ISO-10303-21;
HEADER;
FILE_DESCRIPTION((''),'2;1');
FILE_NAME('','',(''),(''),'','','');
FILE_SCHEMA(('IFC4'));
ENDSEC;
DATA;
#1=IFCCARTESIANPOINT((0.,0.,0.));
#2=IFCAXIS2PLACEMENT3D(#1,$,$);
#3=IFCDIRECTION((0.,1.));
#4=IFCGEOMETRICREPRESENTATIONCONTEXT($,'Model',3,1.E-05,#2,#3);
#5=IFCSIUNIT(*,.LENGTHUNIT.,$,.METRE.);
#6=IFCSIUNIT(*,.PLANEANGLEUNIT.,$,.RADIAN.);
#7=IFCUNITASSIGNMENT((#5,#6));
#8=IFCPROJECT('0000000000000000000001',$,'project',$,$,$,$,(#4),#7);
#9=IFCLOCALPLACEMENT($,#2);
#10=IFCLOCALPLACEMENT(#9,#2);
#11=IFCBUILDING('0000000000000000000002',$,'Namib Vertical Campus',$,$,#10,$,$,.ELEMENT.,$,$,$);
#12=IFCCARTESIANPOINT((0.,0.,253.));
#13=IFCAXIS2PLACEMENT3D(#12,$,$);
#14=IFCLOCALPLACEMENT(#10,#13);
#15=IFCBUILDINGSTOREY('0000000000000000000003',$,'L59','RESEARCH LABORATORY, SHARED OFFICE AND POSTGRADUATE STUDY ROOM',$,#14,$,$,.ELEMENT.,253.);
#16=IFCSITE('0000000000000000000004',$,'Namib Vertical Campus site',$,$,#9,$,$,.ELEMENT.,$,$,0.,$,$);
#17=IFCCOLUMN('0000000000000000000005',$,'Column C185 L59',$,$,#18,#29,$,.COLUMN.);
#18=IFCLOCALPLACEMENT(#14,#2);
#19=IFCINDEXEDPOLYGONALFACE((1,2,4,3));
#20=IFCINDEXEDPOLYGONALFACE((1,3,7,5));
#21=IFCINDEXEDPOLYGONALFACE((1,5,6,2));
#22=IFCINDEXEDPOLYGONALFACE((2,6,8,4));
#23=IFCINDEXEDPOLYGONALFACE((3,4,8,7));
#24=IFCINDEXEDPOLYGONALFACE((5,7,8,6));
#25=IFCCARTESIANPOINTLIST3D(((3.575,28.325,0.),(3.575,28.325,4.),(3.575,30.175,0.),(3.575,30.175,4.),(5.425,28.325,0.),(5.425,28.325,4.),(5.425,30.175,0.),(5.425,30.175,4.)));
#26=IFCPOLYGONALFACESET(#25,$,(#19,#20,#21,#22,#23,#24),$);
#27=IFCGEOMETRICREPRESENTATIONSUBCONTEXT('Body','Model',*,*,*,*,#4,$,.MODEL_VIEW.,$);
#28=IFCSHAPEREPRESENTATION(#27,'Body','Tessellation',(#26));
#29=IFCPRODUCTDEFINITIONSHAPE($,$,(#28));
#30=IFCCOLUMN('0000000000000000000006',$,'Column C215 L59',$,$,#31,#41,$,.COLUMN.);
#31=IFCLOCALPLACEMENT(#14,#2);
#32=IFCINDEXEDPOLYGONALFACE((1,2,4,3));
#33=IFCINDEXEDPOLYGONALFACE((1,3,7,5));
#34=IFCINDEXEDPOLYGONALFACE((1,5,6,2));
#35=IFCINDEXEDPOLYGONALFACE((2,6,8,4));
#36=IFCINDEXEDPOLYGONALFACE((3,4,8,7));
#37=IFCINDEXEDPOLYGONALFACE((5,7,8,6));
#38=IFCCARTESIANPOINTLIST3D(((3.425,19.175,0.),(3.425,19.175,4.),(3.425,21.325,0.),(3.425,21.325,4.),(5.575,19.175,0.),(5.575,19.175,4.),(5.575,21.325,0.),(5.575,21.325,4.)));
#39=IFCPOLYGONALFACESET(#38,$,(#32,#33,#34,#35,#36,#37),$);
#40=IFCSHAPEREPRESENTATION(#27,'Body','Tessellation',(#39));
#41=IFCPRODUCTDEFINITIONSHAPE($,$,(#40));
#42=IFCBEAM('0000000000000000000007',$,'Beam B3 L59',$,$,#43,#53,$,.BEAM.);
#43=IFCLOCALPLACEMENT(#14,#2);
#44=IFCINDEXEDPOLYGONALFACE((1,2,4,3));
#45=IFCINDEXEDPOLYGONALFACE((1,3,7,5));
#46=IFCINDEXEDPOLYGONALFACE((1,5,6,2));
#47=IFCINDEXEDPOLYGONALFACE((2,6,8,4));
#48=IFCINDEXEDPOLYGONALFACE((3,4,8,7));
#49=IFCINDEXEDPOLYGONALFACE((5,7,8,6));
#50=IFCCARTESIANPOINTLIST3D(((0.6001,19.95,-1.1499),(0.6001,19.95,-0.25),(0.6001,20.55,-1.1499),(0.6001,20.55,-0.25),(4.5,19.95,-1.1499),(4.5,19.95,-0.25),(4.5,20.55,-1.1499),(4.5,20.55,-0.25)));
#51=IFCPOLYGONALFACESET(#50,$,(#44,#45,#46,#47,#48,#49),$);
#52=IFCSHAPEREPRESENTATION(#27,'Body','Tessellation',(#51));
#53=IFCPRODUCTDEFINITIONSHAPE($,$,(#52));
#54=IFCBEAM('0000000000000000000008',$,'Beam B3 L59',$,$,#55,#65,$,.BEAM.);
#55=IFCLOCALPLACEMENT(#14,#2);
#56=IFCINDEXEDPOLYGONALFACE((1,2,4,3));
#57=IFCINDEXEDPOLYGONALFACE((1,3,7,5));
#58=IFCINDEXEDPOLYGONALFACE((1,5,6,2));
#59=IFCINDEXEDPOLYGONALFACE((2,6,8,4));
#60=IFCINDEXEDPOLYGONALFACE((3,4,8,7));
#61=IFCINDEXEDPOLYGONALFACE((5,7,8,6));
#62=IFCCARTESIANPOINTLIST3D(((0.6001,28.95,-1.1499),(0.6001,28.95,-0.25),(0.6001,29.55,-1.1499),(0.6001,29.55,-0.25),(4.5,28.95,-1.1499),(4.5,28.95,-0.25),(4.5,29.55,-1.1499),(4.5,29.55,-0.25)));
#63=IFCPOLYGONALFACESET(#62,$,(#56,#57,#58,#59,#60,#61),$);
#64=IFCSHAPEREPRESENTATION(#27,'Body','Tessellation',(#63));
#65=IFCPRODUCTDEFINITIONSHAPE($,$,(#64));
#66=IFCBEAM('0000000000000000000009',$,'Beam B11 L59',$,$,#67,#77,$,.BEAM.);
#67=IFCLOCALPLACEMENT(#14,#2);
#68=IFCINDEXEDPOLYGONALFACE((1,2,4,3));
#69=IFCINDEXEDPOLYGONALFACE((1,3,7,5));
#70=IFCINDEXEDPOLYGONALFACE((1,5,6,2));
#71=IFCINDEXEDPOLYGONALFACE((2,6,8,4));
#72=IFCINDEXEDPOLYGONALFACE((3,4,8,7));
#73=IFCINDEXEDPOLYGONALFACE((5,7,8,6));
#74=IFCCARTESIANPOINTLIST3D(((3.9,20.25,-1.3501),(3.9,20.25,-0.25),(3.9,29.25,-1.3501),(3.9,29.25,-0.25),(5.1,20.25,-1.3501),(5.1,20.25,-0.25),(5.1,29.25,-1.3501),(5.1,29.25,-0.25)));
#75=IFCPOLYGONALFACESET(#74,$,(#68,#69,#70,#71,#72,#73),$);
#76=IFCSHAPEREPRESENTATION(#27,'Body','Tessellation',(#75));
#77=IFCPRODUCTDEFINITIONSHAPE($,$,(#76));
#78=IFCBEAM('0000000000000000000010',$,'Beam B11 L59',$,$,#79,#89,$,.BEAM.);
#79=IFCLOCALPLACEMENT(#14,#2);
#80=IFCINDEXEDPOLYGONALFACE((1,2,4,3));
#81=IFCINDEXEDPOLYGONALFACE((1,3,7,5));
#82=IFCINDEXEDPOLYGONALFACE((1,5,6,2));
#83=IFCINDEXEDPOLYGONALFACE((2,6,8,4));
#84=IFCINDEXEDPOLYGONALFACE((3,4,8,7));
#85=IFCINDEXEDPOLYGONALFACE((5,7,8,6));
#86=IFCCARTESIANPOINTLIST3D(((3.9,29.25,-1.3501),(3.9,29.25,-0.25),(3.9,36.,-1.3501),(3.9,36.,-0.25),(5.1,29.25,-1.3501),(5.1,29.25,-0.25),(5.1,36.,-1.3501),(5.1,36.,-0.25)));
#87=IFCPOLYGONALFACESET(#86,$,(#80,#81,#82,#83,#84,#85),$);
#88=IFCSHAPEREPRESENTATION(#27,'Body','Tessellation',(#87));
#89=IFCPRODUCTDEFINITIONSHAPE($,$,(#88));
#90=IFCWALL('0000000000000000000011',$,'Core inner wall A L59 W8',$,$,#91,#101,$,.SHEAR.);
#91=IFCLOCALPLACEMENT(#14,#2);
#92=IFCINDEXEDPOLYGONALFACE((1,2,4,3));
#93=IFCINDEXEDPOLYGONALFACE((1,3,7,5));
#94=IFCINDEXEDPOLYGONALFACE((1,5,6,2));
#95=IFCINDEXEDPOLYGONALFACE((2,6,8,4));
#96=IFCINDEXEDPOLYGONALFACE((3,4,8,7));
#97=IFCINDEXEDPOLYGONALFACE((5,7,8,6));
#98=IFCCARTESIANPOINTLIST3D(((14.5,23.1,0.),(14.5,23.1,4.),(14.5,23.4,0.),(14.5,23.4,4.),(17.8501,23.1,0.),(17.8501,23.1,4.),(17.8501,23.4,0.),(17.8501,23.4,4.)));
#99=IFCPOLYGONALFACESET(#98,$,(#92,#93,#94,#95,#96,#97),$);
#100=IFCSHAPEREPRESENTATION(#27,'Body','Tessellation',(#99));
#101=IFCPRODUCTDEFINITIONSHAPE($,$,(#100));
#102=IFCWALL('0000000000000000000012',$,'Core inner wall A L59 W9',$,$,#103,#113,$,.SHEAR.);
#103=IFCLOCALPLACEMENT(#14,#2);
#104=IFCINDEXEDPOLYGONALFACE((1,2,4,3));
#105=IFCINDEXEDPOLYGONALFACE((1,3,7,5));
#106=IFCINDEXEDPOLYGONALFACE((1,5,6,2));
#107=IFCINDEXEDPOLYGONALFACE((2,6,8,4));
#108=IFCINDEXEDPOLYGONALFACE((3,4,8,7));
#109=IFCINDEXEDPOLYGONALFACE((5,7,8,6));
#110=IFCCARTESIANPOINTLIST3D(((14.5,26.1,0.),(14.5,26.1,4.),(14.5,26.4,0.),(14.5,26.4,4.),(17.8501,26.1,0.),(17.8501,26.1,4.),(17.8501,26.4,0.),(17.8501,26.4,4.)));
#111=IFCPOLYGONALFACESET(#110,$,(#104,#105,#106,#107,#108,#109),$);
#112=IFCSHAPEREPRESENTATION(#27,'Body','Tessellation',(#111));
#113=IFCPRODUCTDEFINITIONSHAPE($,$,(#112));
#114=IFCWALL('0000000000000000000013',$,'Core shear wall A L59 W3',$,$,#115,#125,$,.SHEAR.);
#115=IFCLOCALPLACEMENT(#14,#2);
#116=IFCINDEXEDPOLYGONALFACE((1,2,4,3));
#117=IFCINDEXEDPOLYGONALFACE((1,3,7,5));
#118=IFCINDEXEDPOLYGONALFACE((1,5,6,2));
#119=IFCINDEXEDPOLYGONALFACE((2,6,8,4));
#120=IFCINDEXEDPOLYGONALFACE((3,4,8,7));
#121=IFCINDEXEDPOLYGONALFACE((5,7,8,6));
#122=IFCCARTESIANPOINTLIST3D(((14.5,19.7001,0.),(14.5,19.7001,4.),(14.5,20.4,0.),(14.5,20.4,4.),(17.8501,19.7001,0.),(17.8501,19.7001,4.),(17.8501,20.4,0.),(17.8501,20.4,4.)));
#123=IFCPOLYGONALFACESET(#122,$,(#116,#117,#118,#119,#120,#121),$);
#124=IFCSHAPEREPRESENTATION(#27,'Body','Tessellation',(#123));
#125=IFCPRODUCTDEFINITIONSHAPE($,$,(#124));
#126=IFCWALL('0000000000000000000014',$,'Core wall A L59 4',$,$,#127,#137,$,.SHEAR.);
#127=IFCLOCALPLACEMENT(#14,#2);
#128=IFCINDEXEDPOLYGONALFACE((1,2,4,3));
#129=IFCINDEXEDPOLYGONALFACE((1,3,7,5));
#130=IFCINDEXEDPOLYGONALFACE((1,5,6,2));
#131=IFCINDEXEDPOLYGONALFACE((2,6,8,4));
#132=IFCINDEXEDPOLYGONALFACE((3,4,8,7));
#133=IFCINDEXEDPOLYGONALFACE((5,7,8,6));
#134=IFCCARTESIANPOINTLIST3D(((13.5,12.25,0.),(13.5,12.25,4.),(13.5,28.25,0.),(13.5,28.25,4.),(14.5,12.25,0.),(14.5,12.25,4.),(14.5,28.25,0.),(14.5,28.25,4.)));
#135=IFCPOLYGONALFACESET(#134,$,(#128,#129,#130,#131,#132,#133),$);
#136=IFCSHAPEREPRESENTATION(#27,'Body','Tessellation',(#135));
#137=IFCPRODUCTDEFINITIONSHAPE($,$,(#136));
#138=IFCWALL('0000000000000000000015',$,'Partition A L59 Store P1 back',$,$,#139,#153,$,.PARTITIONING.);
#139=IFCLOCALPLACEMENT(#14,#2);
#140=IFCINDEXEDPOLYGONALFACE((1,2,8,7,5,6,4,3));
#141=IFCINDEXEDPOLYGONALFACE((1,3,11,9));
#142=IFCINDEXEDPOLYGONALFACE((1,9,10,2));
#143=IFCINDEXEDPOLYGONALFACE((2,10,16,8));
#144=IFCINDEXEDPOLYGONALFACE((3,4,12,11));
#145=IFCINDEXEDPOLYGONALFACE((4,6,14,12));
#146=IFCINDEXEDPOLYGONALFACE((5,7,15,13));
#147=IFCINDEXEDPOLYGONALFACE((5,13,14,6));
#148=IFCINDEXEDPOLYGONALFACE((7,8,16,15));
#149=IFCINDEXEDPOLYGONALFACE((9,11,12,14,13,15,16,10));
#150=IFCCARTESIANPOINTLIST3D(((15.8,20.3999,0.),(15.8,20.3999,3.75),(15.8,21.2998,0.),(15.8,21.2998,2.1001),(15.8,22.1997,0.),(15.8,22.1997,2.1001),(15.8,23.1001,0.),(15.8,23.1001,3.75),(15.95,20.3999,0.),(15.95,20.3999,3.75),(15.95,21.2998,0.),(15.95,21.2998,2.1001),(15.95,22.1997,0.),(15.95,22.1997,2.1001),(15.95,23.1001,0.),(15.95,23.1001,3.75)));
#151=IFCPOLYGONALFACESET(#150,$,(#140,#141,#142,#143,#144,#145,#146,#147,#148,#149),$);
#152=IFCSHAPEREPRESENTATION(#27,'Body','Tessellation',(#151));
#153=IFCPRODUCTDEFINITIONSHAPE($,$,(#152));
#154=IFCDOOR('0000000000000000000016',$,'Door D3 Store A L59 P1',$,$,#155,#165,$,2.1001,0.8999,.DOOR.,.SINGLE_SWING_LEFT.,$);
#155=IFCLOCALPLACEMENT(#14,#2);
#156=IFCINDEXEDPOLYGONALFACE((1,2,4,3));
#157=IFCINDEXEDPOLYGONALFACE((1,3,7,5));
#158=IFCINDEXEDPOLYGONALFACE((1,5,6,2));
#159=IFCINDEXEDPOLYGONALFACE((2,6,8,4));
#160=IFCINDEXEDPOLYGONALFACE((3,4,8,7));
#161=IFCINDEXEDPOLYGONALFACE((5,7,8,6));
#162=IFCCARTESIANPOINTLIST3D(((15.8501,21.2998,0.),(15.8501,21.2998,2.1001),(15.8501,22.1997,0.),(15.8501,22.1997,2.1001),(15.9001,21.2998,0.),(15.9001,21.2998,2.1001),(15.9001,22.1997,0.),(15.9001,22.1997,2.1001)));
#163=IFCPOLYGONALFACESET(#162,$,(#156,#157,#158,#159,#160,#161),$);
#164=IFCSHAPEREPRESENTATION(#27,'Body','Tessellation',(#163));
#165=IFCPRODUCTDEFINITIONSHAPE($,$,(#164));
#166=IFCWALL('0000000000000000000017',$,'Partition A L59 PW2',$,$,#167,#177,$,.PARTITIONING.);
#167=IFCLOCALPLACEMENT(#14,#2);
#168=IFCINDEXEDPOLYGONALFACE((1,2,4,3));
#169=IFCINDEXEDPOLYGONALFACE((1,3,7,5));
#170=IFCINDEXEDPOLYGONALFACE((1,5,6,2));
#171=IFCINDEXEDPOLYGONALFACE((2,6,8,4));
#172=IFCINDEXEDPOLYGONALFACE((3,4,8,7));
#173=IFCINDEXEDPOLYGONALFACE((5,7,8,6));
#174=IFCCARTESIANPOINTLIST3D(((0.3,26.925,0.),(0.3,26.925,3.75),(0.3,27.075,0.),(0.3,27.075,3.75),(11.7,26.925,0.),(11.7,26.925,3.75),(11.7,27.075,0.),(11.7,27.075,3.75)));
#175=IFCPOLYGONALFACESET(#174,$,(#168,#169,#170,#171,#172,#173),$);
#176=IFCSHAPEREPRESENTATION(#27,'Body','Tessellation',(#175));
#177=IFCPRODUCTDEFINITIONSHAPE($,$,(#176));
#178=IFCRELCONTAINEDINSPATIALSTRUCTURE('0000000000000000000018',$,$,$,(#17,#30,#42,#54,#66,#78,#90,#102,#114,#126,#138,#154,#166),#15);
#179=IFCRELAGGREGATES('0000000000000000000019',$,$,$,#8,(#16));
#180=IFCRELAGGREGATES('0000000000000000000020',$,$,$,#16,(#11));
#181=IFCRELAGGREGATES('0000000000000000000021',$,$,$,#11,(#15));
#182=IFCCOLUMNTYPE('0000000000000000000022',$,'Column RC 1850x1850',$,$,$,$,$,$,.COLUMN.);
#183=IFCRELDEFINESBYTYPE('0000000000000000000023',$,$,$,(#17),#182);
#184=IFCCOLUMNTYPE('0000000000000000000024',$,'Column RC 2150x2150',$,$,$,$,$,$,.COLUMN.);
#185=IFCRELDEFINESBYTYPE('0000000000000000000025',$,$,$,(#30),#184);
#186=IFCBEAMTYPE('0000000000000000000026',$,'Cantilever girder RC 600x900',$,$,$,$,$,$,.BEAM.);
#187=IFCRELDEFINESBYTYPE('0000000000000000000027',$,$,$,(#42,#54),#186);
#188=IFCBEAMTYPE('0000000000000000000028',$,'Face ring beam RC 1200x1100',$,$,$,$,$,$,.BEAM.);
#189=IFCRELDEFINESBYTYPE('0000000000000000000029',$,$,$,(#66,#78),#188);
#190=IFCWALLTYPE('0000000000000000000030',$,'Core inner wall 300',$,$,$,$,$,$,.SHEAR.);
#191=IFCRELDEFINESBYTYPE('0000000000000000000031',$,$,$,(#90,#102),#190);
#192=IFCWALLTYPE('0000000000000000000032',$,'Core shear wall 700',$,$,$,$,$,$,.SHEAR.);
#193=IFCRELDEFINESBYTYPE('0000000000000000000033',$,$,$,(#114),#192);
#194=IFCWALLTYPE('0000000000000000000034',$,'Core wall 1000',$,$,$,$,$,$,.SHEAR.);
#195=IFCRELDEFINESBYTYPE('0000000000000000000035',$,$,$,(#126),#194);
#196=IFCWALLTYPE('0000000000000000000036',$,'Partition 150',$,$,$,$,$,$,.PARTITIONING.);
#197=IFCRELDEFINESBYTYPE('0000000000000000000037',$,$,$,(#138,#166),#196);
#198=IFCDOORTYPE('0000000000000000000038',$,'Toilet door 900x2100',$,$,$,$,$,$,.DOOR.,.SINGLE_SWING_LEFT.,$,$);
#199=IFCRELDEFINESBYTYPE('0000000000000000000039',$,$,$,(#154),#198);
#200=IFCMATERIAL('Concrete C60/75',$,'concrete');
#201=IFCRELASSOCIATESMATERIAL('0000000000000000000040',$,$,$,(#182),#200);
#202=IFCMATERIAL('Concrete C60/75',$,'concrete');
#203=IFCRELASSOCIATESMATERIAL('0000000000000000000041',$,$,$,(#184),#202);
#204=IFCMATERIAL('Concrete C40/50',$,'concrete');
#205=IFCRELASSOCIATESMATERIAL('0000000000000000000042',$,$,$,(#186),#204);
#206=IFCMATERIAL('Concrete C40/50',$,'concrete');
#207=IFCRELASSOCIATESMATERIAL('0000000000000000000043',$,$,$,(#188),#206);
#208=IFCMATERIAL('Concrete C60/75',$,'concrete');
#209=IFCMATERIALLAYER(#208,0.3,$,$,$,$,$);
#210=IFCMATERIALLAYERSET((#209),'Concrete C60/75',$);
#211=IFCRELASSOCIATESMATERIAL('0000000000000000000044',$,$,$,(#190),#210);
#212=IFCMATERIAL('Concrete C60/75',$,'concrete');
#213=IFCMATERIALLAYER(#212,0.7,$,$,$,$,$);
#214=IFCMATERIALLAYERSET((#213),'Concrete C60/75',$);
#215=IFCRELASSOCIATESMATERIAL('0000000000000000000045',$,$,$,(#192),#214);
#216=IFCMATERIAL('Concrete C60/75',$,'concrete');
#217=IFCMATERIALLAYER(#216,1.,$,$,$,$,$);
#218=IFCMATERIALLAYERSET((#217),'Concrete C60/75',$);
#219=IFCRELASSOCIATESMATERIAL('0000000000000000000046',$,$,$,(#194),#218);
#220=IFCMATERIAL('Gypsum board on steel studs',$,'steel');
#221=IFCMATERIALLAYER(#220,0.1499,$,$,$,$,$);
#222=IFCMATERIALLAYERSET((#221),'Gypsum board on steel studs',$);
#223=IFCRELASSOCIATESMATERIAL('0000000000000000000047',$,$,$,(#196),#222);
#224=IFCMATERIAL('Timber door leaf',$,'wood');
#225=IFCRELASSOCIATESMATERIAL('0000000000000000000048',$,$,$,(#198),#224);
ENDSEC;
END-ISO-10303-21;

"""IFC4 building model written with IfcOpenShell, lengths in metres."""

from ifc_helpers import new_model, si_unit, direction, frame, frame_2d, origin, origin_2d, place, context, subcontext, project, spatial, rectangle, extrude, material, layer, layer_set, material_profile, profile_set, type_object, element, fill, save


model = new_model("IFC4")

# Units and contexts
model_context = context("Model", 3, precision=1e-05, world=origin(), true_north=direction((0.0, 1.0)))
body_context = subcontext(model_context, "Body", "Model", "MODEL_VIEW")
ifc_project = project(units=[si_unit("LENGTHUNIT", "METRE"), si_unit("PLANEANGLEUNIT", "RADIAN")], contexts=[model_context])

# Site, building, storey
site_placement = place(None, origin())
site = spatial("IfcSite", under=ifc_project, at=site_placement, Name="Namib Vertical Campus site", CompositionType="ELEMENT", RefElevation=0.0)
building_placement = place(site_placement, origin())
building = spatial("IfcBuilding", under=site, at=building_placement, Name="Namib Vertical Campus", CompositionType="ELEMENT")
storey_placement = place(building_placement, frame((0.0, 0.0, 253.0)))
storey = spatial("IfcBuildingStorey", under=building, at=storey_placement, Name="L59", Description="RESEARCH LABORATORY, SHARED OFFICE AND POSTGRADUATE STUDY ROOM", CompositionType="ELEMENT", Elevation=253.0)

# Columns
ifc_material_1 = material(Name="Concrete C60/75", Category="concrete")
ifc_material_profile_1 = material_profile(ifc_material_1, rectangle(XDim=1.8501, YDim=1.8501, at=origin_2d()))
ifc_profile_set_1 = profile_set([ifc_material_profile_1], Name="Concrete C60/75")
column_type_1 = type_object("IfcColumnType", Name="Column RC 1850x1850", PredefinedType="COLUMN", material=ifc_profile_set_1)
column_1_placement = place(storey_placement, frame((4.5, 29.25, 0.0), z_axis=(0.0, 0.0, 1.0), x_axis=(1.0, 0.0, 0.0)))
element("IfcColumn", 1, at=column_1_placement, inside=storey, type_object=column_type_1, Name="Column C185 L59", PredefinedType="COLUMN", context=body_context, shape_type="SweptSolid", body=[
    extrude(rectangle(XDim=1.8501, YDim=1.8501, at=origin_2d()), origin(), (0.0, 0.0, 1.0), 4.0),
])
ifc_material_2 = material(Name="Concrete C60/75", Category="concrete")
ifc_material_profile_2 = material_profile(ifc_material_2, rectangle(XDim=2.1499, YDim=2.1499, at=origin_2d()))
ifc_profile_set_2 = profile_set([ifc_material_profile_2], Name="Concrete C60/75")
column_type_2 = type_object("IfcColumnType", Name="Column RC 2150x2150", PredefinedType="COLUMN", material=ifc_profile_set_2)
column_2_placement = place(storey_placement, frame((4.5, 20.25, 0.0), z_axis=(0.0, 0.0, 1.0), x_axis=(1.0, 0.0, 0.0)))
element("IfcColumn", 2, at=column_2_placement, inside=storey, type_object=column_type_2, Name="Column C215 L59", PredefinedType="COLUMN", context=body_context, shape_type="SweptSolid", body=[
    extrude(rectangle(XDim=2.1499, YDim=2.1499, at=origin_2d()), origin(), (0.0, 0.0, 1.0), 4.0),
])

# Beams
ifc_material_3 = material(Name="Concrete C40/50", Category="concrete")
ifc_material_profile_3 = material_profile(ifc_material_3, rectangle(XDim=0.6001, YDim=0.8999, at=origin_2d()))
ifc_profile_set_3 = profile_set([ifc_material_profile_3], Name="Concrete C40/50")
beam_type_1 = type_object("IfcBeamType", Name="Cantilever girder RC 600x900", PredefinedType="BEAM", material=ifc_profile_set_3)
for number, where, z_axis, x_axis, name in (
    (3, (4.5, 20.25, -0.7), (-1.0, 0.0, 0.0), (0.0, -1.0, 0.0), "Beam B3 L59"),
    (4, (4.5, 29.25, -0.7), (-1.0, 0.0, 0.0), (0.0, -1.0, 0.0), "Beam B3 L59"),
):
    element("IfcBeam", number, at=place(storey_placement, frame(where, z_axis=z_axis, x_axis=x_axis)), inside=storey, type_object=beam_type_1, Name=name, PredefinedType="BEAM", context=body_context, shape_type="SweptSolid", body=[
        extrude(rectangle(XDim=0.6001, YDim=0.8999, at=origin_2d()), origin(), (0.0, 0.0, 1.0), 3.8999),
    ])
ifc_material_4 = material(Name="Concrete C40/50", Category="concrete")
ifc_material_profile_4 = material_profile(ifc_material_4, rectangle(XDim=1.2, YDim=1.1001, at=origin_2d()))
ifc_profile_set_4 = profile_set([ifc_material_profile_4], Name="Concrete C40/50")
beam_type_2 = type_object("IfcBeamType", Name="Face ring beam RC 1200x1100", PredefinedType="BEAM", material=ifc_profile_set_4)
beam_1_placement = place(storey_placement, frame((4.5, 20.25, -0.8), z_axis=(0.0, 1.0, 0.0), x_axis=(-1.0, 0.0, 0.0)))
element("IfcBeam", 5, at=beam_1_placement, inside=storey, type_object=beam_type_2, Name="Beam B11 L59", PredefinedType="BEAM", context=body_context, shape_type="SweptSolid", body=[
    extrude(rectangle(XDim=1.2, YDim=1.1001, at=origin_2d()), origin(), (0.0, 0.0, 1.0), 9.0),
])
beam_2_placement = place(storey_placement, frame((4.5, 29.25, -0.8), z_axis=(0.0, 1.0, 0.0), x_axis=(-1.0, 0.0, 0.0)))
element("IfcBeam", 6, at=beam_2_placement, inside=storey, type_object=beam_type_2, Name="Beam B11 L59", PredefinedType="BEAM", context=body_context, shape_type="SweptSolid", body=[
    extrude(rectangle(XDim=1.2, YDim=1.1001, at=origin_2d()), origin(), (0.0, 0.0, 1.0), 6.75),
])

# Walls
ifc_material_5 = material(Name="Concrete C60/75", Category="concrete")
ifc_layer_1 = layer(ifc_material_5, 0.3)
ifc_layer_set_1 = layer_set([ifc_layer_1], Name="Concrete C60/75")
wall_type_1 = type_object("IfcWallType", Name="Core inner wall 300", PredefinedType="SHEAR", material=ifc_layer_set_1)
for number, where, z_axis, x_axis, name in (
    (7, (14.5, 23.25, 0.0), (0.0, 0.0, 1.0), (1.0, 0.0, 0.0), "Core inner wall A L59 W8"),
    (8, (14.5, 26.25, 0.0), (0.0, 0.0, 1.0), (1.0, 0.0, 0.0), "Core inner wall A L59 W9"),
):
    element("IfcWall", number, at=place(storey_placement, frame(where, z_axis=z_axis, x_axis=x_axis)), inside=storey, type_object=wall_type_1, Name=name, PredefinedType="SHEAR", context=body_context, shape_type="SweptSolid", body=[
        extrude(rectangle(XDim=3.3501, YDim=0.3, at=frame_2d((1.675, 0.0))), origin(), (0.0, 0.0, 1.0), 4.0),
    ])
ifc_material_6 = material(Name="Concrete C60/75", Category="concrete")
ifc_layer_2 = layer(ifc_material_6, 0.7)
ifc_layer_set_2 = layer_set([ifc_layer_2], Name="Concrete C60/75")
wall_type_2 = type_object("IfcWallType", Name="Core shear wall 700", PredefinedType="SHEAR", material=ifc_layer_set_2)
wall_1_placement = place(storey_placement, frame((14.5, 20.05, 0.0), z_axis=(0.0, 0.0, 1.0), x_axis=(1.0, 0.0, 0.0)))
element("IfcWall", 9, at=wall_1_placement, inside=storey, type_object=wall_type_2, Name="Core shear wall A L59 W3", PredefinedType="SHEAR", context=body_context, shape_type="SweptSolid", body=[
    extrude(rectangle(XDim=3.3501, YDim=0.7, at=frame_2d((1.675, 0.0))), origin(), (0.0, 0.0, 1.0), 4.0),
])
ifc_material_7 = material(Name="Concrete C60/75", Category="concrete")
ifc_layer_3 = layer(ifc_material_7, 1.0)
ifc_layer_set_3 = layer_set([ifc_layer_3], Name="Concrete C60/75")
wall_type_3 = type_object("IfcWallType", Name="Core wall 1000", PredefinedType="SHEAR", material=ifc_layer_set_3)
wall_2_placement = place(storey_placement, frame((14.0, 28.25, 0.0), z_axis=(0.0, 0.0, 1.0), x_axis=(0.0, -1.0, 0.0)))
element("IfcWall", 10, at=wall_2_placement, inside=storey, type_object=wall_type_3, Name="Core wall A L59 4", PredefinedType="SHEAR", context=body_context, shape_type="SweptSolid", body=[
    extrude(rectangle(XDim=16.0, YDim=1.0, at=frame_2d((8.0, 0.0))), origin(), (0.0, 0.0, 1.0), 4.0),
])

# Wall, opening, door
ifc_material_8 = material(Name="Gypsum board on steel studs", Category="steel")
ifc_layer_4 = layer(ifc_material_8, 0.1499)
ifc_layer_set_4 = layer_set([ifc_layer_4], Name="Gypsum board on steel studs")
wall_type_4 = type_object("IfcWallType", Name="Partition 150", PredefinedType="PARTITIONING", material=ifc_layer_set_4)
wall_3_placement = place(storey_placement, frame((15.875, 20.3999, 0.0), z_axis=(0.0, 0.0, 1.0), x_axis=(0.0, 1.0, 0.0)))
wall_3 = element("IfcWall", 11, at=wall_3_placement, inside=storey, type_object=wall_type_4, Name="Partition A L59 Store P1 back", PredefinedType="PARTITIONING", context=body_context, shape_type="SweptSolid", body=[
    extrude(rectangle(XDim=2.7002, YDim=0.1499, at=frame_2d((1.3501, 0.0))), origin(), (0.0, 0.0, 1.0), 3.75),
])
opening_placement = place(wall_3_placement, frame((0.8999, 0.0, 0.0)))
opening = element("IfcOpeningElement", 12, at=opening_placement, cuts=wall_3, PredefinedType="OPENING", context=body_context, shape_type="SweptSolid", body=[
    extrude(rectangle(XDim=0.8999, YDim=2.1001, at=frame_2d((0.45, 1.05))), frame((0.0, 0.085, 0.0), z_axis=(0.0, -1.0, 0.0), x_axis=(1.0, 0.0, 0.0)), (0.0, 0.0, 1.0), 0.1699),
])
ifc_material_9 = material(Name="Timber door leaf", Category="wood")
door_type = type_object("IfcDoorType", Name="Toilet door 900x2100", OperationType="SINGLE_SWING_LEFT", PredefinedType="DOOR", material=ifc_material_9)
door_placement = place(opening_placement, origin())
door = element("IfcDoor", 13, at=door_placement, inside=storey, type_object=door_type, Name="Door D3 Store A L59 P1", OperationType="SINGLE_SWING_LEFT", OverallHeight=2.1001, OverallWidth=0.8999, PredefinedType="DOOR", context=body_context, shape_type="SweptSolid", body=[
    extrude(rectangle(XDim=0.8999, YDim=2.1001, at=frame_2d((0.45, 1.05))), frame((0.0, 0.0249, 0.0), z_axis=(0.0, -1.0, 0.0), x_axis=(1.0, 0.0, 0.0)), (0.0, 0.0, 1.0), 0.05),
])
fill(opening, door)

# Wall
wall_4_placement = place(storey_placement, frame((0.3, 27.0, 0.0), z_axis=(0.0, 0.0, 1.0), x_axis=(1.0, 0.0, 0.0)))
element("IfcWall", 14, at=wall_4_placement, inside=storey, type_object=wall_type_4, Name="Partition A L59 PW2", PredefinedType="PARTITIONING", context=body_context, shape_type="SweptSolid", body=[
    extrude(rectangle(XDim=11.3999, YDim=0.1499, at=frame_2d((5.7, 0.0))), origin(), (0.0, 0.0, 1.0), 3.75),
])

save(model, "model.ifc")
